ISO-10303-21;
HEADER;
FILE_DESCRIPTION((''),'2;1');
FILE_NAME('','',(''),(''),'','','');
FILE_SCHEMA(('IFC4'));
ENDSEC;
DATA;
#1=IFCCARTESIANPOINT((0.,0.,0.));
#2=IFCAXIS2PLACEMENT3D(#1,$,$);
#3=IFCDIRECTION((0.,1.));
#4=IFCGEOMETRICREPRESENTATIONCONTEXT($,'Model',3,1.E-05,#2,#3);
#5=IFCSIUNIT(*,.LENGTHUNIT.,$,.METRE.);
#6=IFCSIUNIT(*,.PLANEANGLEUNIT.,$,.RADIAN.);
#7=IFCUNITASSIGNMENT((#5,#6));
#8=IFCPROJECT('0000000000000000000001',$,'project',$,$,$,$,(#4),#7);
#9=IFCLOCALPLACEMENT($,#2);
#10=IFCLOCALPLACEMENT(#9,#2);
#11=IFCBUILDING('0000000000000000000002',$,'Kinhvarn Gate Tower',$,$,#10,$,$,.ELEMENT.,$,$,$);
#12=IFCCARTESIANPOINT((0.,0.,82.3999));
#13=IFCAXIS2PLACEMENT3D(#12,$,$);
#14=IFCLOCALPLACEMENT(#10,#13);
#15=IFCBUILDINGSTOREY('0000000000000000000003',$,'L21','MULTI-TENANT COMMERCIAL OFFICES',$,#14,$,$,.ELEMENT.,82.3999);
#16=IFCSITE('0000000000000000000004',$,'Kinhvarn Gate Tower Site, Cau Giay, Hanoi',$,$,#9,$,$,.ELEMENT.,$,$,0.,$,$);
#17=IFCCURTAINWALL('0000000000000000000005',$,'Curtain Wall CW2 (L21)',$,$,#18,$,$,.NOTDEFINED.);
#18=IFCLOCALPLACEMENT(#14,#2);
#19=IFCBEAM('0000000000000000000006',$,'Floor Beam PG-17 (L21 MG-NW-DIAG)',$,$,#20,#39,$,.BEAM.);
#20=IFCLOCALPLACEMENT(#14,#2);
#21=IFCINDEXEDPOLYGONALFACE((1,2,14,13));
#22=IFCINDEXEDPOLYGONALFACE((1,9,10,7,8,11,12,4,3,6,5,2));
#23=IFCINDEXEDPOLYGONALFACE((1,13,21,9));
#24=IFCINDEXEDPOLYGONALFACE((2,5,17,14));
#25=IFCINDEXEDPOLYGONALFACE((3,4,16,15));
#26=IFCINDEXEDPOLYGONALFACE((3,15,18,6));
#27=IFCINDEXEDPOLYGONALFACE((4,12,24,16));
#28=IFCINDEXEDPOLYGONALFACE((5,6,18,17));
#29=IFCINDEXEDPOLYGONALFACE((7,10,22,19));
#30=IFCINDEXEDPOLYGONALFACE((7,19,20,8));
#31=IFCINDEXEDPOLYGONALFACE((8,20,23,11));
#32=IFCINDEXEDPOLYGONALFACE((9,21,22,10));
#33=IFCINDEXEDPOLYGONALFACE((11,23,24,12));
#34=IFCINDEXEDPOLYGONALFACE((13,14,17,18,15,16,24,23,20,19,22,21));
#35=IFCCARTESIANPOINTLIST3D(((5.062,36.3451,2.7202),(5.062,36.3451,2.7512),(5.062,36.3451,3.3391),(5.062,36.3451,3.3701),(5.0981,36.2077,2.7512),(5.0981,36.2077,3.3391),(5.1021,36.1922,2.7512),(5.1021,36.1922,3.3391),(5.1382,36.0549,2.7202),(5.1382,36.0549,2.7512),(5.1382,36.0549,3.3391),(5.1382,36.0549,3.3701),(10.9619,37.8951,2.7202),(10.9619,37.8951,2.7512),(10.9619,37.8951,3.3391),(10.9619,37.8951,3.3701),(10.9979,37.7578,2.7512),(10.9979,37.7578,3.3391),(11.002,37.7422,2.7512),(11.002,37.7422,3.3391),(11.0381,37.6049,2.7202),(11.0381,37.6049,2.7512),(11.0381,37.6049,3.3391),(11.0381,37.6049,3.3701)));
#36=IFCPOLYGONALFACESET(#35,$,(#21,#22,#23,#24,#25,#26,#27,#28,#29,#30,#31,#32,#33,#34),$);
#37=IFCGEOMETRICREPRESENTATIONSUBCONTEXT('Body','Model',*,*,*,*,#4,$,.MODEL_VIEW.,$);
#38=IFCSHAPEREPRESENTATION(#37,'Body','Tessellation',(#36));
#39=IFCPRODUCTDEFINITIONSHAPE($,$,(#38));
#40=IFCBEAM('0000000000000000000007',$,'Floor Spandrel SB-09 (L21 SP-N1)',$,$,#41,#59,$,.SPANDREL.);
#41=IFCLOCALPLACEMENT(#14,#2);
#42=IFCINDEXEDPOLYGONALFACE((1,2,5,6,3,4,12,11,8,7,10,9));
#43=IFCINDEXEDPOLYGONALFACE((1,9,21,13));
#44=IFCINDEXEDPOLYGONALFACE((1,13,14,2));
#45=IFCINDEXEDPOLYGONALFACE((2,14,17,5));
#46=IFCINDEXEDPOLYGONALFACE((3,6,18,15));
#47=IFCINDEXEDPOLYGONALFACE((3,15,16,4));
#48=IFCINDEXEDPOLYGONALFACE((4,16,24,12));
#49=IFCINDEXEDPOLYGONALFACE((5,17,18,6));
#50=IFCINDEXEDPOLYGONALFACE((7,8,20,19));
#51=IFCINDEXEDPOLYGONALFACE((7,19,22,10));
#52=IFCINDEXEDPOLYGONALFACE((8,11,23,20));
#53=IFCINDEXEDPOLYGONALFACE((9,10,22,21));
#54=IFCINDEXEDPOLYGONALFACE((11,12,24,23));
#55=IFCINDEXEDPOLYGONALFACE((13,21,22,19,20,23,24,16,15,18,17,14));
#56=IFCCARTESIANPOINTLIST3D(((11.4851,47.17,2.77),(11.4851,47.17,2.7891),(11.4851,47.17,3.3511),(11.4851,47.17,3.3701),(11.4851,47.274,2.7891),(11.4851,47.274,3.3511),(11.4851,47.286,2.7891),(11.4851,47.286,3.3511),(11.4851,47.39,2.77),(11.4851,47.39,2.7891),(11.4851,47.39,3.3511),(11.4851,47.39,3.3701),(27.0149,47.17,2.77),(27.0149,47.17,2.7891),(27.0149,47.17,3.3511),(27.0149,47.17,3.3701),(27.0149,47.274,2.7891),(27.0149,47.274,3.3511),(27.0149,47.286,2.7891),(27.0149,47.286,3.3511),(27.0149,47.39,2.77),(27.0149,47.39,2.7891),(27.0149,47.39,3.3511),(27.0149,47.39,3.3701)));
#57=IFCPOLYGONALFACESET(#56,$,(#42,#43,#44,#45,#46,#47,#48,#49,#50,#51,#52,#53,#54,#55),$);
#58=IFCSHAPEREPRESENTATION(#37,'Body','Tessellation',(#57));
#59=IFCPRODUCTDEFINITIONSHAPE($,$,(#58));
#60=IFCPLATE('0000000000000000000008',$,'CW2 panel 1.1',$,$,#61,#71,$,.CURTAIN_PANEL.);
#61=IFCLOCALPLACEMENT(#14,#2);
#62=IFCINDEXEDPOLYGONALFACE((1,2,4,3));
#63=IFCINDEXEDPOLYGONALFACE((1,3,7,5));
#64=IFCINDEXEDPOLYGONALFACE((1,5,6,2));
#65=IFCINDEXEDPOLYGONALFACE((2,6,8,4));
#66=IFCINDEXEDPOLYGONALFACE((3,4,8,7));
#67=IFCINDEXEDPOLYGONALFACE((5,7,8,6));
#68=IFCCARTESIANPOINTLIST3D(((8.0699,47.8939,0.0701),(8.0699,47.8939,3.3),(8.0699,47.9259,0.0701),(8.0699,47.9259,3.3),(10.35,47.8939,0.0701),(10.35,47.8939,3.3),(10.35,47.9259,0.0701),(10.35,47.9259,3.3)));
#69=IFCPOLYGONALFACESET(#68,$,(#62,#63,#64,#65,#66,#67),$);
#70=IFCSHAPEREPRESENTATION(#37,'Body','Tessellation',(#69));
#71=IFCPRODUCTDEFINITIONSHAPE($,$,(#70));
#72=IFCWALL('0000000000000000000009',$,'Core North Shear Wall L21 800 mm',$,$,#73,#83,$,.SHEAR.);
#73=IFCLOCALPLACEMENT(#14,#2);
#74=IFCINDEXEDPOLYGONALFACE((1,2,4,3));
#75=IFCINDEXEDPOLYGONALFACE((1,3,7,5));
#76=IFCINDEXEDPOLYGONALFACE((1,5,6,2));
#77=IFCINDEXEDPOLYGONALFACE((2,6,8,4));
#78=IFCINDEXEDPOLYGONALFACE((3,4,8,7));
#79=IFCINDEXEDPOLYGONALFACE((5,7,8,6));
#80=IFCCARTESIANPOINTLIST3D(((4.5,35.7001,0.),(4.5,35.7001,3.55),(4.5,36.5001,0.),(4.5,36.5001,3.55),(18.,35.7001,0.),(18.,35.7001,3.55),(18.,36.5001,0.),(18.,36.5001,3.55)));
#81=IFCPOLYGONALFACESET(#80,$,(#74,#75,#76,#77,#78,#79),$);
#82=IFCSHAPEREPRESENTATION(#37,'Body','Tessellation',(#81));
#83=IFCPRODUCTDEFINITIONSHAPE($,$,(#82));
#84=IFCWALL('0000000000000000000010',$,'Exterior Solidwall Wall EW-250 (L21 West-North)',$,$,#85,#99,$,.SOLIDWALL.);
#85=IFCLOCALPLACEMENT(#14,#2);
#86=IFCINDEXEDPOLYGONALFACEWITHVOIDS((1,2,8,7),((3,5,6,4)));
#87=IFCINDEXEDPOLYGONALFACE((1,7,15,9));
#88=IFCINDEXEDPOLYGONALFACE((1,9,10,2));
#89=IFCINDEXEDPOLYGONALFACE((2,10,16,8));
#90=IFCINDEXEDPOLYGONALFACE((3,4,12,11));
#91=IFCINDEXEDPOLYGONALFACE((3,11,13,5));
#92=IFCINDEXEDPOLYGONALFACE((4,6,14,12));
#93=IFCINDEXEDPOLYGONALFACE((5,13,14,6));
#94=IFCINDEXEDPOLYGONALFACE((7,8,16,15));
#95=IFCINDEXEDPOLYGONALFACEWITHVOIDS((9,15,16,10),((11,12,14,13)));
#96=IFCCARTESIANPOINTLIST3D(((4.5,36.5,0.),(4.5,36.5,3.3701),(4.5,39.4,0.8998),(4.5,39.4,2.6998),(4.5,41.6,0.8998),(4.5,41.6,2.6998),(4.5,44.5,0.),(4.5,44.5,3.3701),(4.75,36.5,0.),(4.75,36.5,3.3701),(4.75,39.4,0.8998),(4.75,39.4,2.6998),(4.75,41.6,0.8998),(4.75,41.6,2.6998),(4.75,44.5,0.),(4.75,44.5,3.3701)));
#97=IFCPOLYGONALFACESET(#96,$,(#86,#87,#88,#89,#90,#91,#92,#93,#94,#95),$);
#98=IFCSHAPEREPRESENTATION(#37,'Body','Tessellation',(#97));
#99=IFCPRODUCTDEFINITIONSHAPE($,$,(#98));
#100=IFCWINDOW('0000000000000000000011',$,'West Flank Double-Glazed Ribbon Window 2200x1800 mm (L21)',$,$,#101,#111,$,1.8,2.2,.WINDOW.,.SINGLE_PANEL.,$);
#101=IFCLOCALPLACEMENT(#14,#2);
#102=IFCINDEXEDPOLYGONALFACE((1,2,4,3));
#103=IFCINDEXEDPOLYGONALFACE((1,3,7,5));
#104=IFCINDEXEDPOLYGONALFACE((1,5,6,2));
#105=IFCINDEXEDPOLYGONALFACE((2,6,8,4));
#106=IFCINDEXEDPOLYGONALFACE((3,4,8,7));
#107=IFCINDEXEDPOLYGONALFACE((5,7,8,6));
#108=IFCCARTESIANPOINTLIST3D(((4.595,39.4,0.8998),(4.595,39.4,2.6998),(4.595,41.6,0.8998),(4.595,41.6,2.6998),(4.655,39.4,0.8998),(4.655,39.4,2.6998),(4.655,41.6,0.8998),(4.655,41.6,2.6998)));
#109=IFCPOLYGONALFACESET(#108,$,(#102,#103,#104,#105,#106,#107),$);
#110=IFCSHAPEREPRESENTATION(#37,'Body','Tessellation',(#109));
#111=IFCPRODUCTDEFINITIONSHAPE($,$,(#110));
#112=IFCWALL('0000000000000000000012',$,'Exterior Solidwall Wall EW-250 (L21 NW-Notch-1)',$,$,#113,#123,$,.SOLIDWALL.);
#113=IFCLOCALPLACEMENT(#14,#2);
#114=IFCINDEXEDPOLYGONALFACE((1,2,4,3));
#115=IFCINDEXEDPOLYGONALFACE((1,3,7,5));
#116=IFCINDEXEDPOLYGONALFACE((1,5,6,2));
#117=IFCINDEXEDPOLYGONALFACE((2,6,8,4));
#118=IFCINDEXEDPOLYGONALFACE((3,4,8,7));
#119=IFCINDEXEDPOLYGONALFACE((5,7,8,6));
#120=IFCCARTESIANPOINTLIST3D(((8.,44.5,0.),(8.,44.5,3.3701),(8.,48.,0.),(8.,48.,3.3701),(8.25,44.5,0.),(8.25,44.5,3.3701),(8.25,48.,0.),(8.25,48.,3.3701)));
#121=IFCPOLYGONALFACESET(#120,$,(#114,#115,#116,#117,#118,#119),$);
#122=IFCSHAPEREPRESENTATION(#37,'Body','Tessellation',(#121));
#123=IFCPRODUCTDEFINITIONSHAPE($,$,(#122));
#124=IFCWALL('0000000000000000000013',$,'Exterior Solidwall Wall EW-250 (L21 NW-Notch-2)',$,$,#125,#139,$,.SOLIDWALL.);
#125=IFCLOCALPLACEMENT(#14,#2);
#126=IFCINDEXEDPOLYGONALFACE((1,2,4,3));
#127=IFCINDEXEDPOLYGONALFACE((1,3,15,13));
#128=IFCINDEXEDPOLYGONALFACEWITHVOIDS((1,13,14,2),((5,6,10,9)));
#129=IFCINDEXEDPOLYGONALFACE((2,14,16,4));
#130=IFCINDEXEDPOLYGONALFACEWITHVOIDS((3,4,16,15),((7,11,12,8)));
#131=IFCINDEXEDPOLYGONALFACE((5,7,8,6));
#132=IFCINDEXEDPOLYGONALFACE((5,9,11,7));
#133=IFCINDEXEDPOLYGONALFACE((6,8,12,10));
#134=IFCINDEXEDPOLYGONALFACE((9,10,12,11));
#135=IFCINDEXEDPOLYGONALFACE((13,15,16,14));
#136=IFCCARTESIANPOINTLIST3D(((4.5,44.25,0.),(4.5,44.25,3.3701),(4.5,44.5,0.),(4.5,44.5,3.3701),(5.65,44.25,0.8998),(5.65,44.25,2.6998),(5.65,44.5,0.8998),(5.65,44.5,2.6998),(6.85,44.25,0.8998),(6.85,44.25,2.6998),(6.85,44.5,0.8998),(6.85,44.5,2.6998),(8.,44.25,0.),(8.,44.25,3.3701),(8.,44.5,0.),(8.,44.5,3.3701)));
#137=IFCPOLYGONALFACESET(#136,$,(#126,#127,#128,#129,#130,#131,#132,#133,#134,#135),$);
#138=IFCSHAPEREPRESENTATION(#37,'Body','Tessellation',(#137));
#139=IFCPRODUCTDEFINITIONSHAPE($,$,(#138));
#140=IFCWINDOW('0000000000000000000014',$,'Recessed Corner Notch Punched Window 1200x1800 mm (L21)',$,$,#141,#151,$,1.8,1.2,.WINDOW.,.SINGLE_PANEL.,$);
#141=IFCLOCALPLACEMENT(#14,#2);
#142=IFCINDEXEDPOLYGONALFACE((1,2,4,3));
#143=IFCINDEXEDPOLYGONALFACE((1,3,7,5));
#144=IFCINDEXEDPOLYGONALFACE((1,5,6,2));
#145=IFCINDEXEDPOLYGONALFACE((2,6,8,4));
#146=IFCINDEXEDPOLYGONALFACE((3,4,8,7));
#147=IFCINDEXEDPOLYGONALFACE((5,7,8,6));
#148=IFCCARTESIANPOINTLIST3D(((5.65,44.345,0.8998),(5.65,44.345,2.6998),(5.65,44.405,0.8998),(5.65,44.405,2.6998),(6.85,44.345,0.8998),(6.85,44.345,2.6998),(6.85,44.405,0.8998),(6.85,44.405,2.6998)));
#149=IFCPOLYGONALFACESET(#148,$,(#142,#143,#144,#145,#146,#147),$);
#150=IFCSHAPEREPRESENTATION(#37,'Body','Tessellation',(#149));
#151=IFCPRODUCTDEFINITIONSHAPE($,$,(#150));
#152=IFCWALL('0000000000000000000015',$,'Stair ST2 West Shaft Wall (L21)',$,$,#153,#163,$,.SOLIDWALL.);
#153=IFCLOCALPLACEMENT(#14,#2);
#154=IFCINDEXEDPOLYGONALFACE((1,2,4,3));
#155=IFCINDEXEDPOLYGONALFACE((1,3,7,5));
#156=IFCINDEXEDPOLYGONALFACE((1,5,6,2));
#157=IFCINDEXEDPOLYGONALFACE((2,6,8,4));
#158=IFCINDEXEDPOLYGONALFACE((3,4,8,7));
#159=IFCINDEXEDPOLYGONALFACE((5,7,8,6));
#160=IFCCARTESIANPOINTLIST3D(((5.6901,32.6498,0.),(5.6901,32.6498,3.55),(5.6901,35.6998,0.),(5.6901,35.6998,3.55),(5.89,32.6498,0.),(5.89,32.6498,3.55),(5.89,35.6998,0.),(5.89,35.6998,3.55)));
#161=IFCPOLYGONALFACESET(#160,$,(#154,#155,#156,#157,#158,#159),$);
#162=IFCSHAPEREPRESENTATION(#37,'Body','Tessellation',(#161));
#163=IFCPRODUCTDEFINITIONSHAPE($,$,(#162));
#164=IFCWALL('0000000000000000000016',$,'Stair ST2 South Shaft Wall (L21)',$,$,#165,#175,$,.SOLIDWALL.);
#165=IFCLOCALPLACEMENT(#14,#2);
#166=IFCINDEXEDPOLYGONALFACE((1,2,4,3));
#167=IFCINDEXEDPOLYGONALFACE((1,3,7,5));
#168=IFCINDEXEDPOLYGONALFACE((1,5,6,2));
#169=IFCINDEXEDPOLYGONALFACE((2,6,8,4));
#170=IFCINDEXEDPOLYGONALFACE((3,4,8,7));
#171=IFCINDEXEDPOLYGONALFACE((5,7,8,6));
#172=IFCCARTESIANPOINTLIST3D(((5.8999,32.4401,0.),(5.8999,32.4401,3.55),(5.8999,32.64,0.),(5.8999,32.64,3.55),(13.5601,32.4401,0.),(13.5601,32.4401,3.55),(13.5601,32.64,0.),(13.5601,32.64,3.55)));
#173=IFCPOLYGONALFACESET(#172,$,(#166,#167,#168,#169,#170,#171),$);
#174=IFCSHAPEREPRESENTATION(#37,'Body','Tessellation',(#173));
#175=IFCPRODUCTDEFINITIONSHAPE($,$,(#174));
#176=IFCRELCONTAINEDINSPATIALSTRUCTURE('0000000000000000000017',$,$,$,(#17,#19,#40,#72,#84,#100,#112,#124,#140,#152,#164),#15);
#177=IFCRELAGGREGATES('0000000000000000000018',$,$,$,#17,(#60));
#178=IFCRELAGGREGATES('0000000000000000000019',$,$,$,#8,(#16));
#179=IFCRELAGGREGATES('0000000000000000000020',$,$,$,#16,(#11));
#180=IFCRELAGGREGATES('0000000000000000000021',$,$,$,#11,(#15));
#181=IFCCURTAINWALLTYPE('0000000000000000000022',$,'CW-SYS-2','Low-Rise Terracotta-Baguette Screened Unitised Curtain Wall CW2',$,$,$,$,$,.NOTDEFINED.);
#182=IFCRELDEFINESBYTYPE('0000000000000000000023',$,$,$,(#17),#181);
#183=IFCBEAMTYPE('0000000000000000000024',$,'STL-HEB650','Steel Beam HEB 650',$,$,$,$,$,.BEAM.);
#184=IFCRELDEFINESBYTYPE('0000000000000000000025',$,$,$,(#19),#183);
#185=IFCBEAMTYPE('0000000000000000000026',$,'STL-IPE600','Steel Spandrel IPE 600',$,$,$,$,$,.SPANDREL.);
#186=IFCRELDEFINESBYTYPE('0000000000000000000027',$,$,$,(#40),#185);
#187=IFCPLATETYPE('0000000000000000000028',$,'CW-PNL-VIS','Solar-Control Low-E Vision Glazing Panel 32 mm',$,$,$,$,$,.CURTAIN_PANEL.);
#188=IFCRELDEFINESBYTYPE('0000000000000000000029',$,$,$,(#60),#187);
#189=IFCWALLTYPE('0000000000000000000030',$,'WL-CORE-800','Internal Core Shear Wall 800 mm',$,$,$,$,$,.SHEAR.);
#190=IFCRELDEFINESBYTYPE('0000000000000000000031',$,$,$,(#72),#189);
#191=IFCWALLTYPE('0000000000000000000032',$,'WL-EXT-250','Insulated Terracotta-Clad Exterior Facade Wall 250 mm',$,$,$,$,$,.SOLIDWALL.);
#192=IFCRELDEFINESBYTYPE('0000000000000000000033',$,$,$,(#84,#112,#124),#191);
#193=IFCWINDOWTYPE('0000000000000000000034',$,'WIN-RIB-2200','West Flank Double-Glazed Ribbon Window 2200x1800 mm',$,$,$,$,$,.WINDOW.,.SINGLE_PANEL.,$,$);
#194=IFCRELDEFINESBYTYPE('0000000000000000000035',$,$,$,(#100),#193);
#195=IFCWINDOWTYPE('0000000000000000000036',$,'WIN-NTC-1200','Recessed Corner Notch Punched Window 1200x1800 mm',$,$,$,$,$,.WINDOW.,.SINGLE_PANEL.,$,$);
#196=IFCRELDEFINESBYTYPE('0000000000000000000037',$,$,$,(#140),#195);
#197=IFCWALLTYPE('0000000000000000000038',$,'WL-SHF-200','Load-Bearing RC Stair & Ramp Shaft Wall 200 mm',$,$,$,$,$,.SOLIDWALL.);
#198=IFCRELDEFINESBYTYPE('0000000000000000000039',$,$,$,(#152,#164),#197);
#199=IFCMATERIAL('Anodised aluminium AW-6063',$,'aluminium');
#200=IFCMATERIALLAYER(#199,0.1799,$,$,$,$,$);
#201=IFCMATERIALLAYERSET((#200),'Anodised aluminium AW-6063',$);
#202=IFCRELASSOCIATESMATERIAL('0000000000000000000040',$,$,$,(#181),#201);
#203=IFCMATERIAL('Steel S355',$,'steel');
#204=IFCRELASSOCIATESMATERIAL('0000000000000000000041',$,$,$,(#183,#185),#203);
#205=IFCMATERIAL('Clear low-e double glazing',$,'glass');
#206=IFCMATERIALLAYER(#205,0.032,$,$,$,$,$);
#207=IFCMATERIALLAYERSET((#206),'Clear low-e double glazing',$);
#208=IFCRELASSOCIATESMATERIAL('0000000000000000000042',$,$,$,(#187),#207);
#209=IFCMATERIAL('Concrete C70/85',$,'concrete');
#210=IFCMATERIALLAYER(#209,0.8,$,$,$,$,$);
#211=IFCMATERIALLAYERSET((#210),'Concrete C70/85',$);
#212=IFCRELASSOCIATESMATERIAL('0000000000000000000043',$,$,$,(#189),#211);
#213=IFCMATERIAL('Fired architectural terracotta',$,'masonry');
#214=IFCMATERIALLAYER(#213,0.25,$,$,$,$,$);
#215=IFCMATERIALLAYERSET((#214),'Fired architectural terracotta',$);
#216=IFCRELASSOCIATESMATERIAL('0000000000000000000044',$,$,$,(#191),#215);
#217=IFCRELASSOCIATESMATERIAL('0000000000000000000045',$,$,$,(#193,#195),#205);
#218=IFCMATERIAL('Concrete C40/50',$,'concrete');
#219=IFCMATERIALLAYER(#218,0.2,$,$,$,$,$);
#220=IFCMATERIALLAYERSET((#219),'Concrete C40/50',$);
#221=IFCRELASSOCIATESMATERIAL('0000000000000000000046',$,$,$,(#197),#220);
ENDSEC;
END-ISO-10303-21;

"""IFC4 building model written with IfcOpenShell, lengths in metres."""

from ifc_helpers import new_model, si_unit, direction, frame, frame_2d, origin, origin_2d, place, context, subcontext, project, spatial, rectangle, i_section, extrude, material, layer, layer_set, material_profile, profile_set, type_object, element, fill, aggregate, save


model = new_model("IFC4")

# Units and contexts
model_context = context("Model", 3, precision=1e-05, world=origin(), true_north=direction((0.0, 1.0)))
body_context = subcontext(model_context, "Body", "Model", "MODEL_VIEW")
ifc_project = project(units=[si_unit("LENGTHUNIT", "METRE"), si_unit("PLANEANGLEUNIT", "RADIAN")], contexts=[model_context])

# Site, building, storey
site_placement = place(None, origin())
site = spatial("IfcSite", under=ifc_project, at=site_placement, Name="Kinhvarn Gate Tower Site, Cau Giay, Hanoi", CompositionType="ELEMENT", RefElevation=0.0)
building_placement = place(site_placement, origin())
building = spatial("IfcBuilding", under=site, at=building_placement, Name="Kinhvarn Gate Tower", CompositionType="ELEMENT")
storey_placement = place(building_placement, frame((0.0, 0.0, 82.3999)))
storey = spatial("IfcBuildingStorey", under=building, at=storey_placement, Name="L21", Description="MULTI-TENANT COMMERCIAL OFFICES", CompositionType="ELEMENT", Elevation=82.3999)

# Shared definitions
ifc_material_1 = material(Name="Concrete C70/85", Category="concrete")

# Shared definitions
ifc_material_2 = material(Name="Anodised aluminium AW-6063", Category="aluminium")
ifc_layer_1 = layer(ifc_material_2, 0.1799)
ifc_layer_set_1 = layer_set([ifc_layer_1], Name="Anodised aluminium AW-6063")
curtain_wall_type = type_object("IfcCurtainWallType", Name="CW-SYS-2", Description="Low-Rise Terracotta-Baguette Screened Unitised Curtain Wall CW2", PredefinedType="NOTDEFINED", material=ifc_layer_set_1)

# Curtain wall
curtain_wall_1_placement = place(storey_placement, origin())
curtain_wall_1 = element("IfcCurtainWall", 1, at=curtain_wall_1_placement, inside=storey, type_object=curtain_wall_type, Name="Curtain Wall CW2 (L21)", PredefinedType="NOTDEFINED")

# Beams
ifc_material_3 = material(Name="Steel S355", Category="steel")
ifc_material_profile_1 = material_profile(ifc_material_3, i_section(OverallWidth=0.3, OverallDepth=0.6499, WebThickness=0.0161, FlangeThickness=0.031, at=origin_2d()), Name="HEB 650")
ifc_profile_set_1 = profile_set([ifc_material_profile_1], Name="Steel S355")
beam_type_1 = type_object("IfcBeamType", Name="STL-HEB650", Description="Steel Beam HEB 650", PredefinedType="BEAM", material=ifc_profile_set_1)
beam_1_placement = place(storey_placement, frame((5.1001, 36.2, 3.0452), z_axis=(0.967178, 0.254101, 0.0), x_axis=(-0.254101, 0.967178, 0.0)))
element("IfcBeam", 2, at=beam_1_placement, inside=storey, type_object=beam_type_1, Name="Floor Beam PG-17 (L21 MG-NW-DIAG)", PredefinedType="BEAM", context=body_context, shape_type="SweptSolid", body=[
    extrude(i_section(OverallWidth=0.3, OverallDepth=0.6499, WebThickness=0.0161, FlangeThickness=0.031, at=origin_2d()), origin(), (0.0, 0.0, 1.0), 6.1001),
])
ifc_material_profile_2 = material_profile(ifc_material_3, i_section(OverallWidth=0.22, OverallDepth=0.6001, WebThickness=0.012, FlangeThickness=0.019, at=origin_2d()), Name="IPE 600")
ifc_profile_set_2 = profile_set([ifc_material_profile_2], Name="Steel S355")
beam_type_2 = type_object("IfcBeamType", Name="STL-IPE600", Description="Steel Spandrel IPE 600", PredefinedType="SPANDREL", material=ifc_profile_set_2)
beam_2_placement = place(storey_placement, frame((11.4851, 47.28, 3.0701), z_axis=(1.0, 0.0, 0.0), x_axis=(0.0, 1.0, 0.0)))
element("IfcBeam", 3, at=beam_2_placement, inside=storey, type_object=beam_type_2, Name="Floor Spandrel SB-09 (L21 SP-N1)", PredefinedType="SPANDREL", context=body_context, shape_type="SweptSolid", body=[
    extrude(i_section(OverallWidth=0.22, OverallDepth=0.6001, WebThickness=0.012, FlangeThickness=0.019, at=origin_2d()), origin(), (0.0, 0.0, 1.0), 15.5298),
])

# Plate
ifc_material_4 = material(Name="Clear low-e double glazing", Category="glass")
ifc_layer_2 = layer(ifc_material_4, 0.032)
ifc_layer_set_2 = layer_set([ifc_layer_2], Name="Clear low-e double glazing")
plate_type = type_object("IfcPlateType", Name="CW-PNL-VIS", Description="Solar-Control Low-E Vision Glazing Panel 32 mm", PredefinedType="CURTAIN_PANEL", material=ifc_layer_set_2)
plate_placement = place(storey_placement, frame((9.21, 47.9099, 0.0701), z_axis=(0.0, 0.0, 1.0), x_axis=(-1.0, 0.0, 0.0)))
plate = element("IfcPlate", 4, at=plate_placement, type_object=plate_type, Name="CW2 panel 1.1", PredefinedType="CURTAIN_PANEL", context=body_context, shape_type="SweptSolid", body=[
    extrude(rectangle(XDim=2.28, YDim=0.032, at=origin_2d()), origin(), (0.0, 0.0, 1.0), 3.23),
])
aggregate(curtain_wall_1, [plate])

# Wall
ifc_layer_3 = layer(ifc_material_1, 0.8)
ifc_layer_set_3 = layer_set([ifc_layer_3], Name="Concrete C70/85")
wall_type_1 = type_object("IfcWallType", Name="WL-CORE-800", Description="Internal Core Shear Wall 800 mm", PredefinedType="SHEAR", material=ifc_layer_set_3)
wall_1_placement = place(storey_placement, frame((4.5, 36.1001, 0.0), z_axis=(0.0, 0.0, 1.0), x_axis=(1.0, 0.0, 0.0)))
element("IfcWall", 5, at=wall_1_placement, inside=storey, type_object=wall_type_1, Name="Core North Shear Wall L21 800 mm", PredefinedType="SHEAR", context=body_context, shape_type="SweptSolid", body=[
    extrude(rectangle(XDim=13.5, YDim=0.8, at=frame_2d((6.75, 0.0))), origin(), (0.0, 0.0, 1.0), 3.55),
])

# Wall, opening, window
ifc_material_5 = material(Name="Fired architectural terracotta", Category="masonry")
ifc_layer_4 = layer(ifc_material_5, 0.25)
ifc_layer_set_4 = layer_set([ifc_layer_4], Name="Fired architectural terracotta")
wall_type_2 = type_object("IfcWallType", Name="WL-EXT-250", Description="Insulated Terracotta-Clad Exterior Facade Wall 250 mm", PredefinedType="SOLIDWALL", material=ifc_layer_set_4)
wall_2_placement = place(storey_placement, frame((4.625, 44.5, 0.0), z_axis=(0.0, 0.0, 1.0), x_axis=(0.0, -1.0, 0.0)))
wall_2 = element("IfcWall", 6, at=wall_2_placement, inside=storey, type_object=wall_type_2, Name="Exterior Solidwall Wall EW-250 (L21 West-North)", PredefinedType="SOLIDWALL", context=body_context, shape_type="SweptSolid", body=[
    extrude(rectangle(XDim=8.0, YDim=0.25, at=frame_2d((4.0, 0.0))), origin(), (0.0, 0.0, 1.0), 3.3701),
])
opening_1_placement = place(wall_2_placement, frame((2.8999, 0.0, 0.8999)))
opening_1 = element("IfcOpeningElement", 7, at=opening_1_placement, cuts=wall_2, PredefinedType="OPENING", context=body_context, shape_type="SweptSolid", body=[
    extrude(rectangle(XDim=2.2, YDim=1.8, at=frame_2d((1.1001, 0.8999))), frame((0.0, 0.135, 0.0), z_axis=(0.0, -1.0, 0.0), x_axis=(1.0, 0.0, 0.0)), (0.0, 0.0, 1.0), 0.27),
])
window_type_1 = type_object("IfcWindowType", Name="WIN-RIB-2200", Description="West Flank Double-Glazed Ribbon Window 2200x1800 mm", PartitioningType="SINGLE_PANEL", PredefinedType="WINDOW", material=ifc_material_4)
window_1_placement = place(opening_1_placement, origin())
window_1 = element("IfcWindow", 8, at=window_1_placement, inside=storey, type_object=window_type_1, Name="West Flank Double-Glazed Ribbon Window 2200x1800 mm (L21)", OverallHeight=1.8, OverallWidth=2.2, PartitioningType="SINGLE_PANEL", PredefinedType="WINDOW", context=body_context, shape_type="SweptSolid", body=[
    extrude(rectangle(XDim=2.2, YDim=1.8, at=frame_2d((1.1001, 0.8999))), frame((0.0, 0.03, 0.0), z_axis=(0.0, -1.0, 0.0), x_axis=(1.0, 0.0, 0.0)), (0.0, 0.0, 1.0), 0.0601),
])
fill(opening_1, window_1)

# Wall
wall_3_placement = place(storey_placement, frame((8.125, 48.0, 0.0), z_axis=(0.0, 0.0, 1.0), x_axis=(0.0, -1.0, 0.0)))
element("IfcWall", 9, at=wall_3_placement, inside=storey, type_object=wall_type_2, Name="Exterior Solidwall Wall EW-250 (L21 NW-Notch-1)", PredefinedType="SOLIDWALL", context=body_context, shape_type="SweptSolid", body=[
    extrude(rectangle(XDim=3.5, YDim=0.25, at=frame_2d((1.75, 0.0))), origin(), (0.0, 0.0, 1.0), 3.3701),
])

# Wall, opening, window
wall_4_placement = place(storey_placement, frame((8.0, 44.375, 0.0), z_axis=(0.0, 0.0, 1.0), x_axis=(-1.0, 0.0, 0.0)))
wall_4 = element("IfcWall", 10, at=wall_4_placement, inside=storey, type_object=wall_type_2, Name="Exterior Solidwall Wall EW-250 (L21 NW-Notch-2)", PredefinedType="SOLIDWALL", context=body_context, shape_type="SweptSolid", body=[
    extrude(rectangle(XDim=3.5, YDim=0.25, at=frame_2d((1.75, 0.0))), origin(), (0.0, 0.0, 1.0), 3.3701),
])
opening_2_placement = place(wall_4_placement, frame((1.1499, 0.0, 0.8999)))
opening_2 = element("IfcOpeningElement", 11, at=opening_2_placement, cuts=wall_4, PredefinedType="OPENING", context=body_context, shape_type="SweptSolid", body=[
    extrude(rectangle(XDim=1.2, YDim=1.8, at=frame_2d((0.6001, 0.8999))), frame((0.0, 0.135, 0.0), z_axis=(0.0, -1.0, 0.0), x_axis=(1.0, 0.0, 0.0)), (0.0, 0.0, 1.0), 0.27),
])
window_type_2 = type_object("IfcWindowType", Name="WIN-NTC-1200", Description="Recessed Corner Notch Punched Window 1200x1800 mm", PartitioningType="SINGLE_PANEL", PredefinedType="WINDOW", material=ifc_material_4)
window_2_placement = place(opening_2_placement, origin())
window_2 = element("IfcWindow", 12, at=window_2_placement, inside=storey, type_object=window_type_2, Name="Recessed Corner Notch Punched Window 1200x1800 mm (L21)", OverallHeight=1.8, OverallWidth=1.2, PartitioningType="SINGLE_PANEL", PredefinedType="WINDOW", context=body_context, shape_type="SweptSolid", body=[
    extrude(rectangle(XDim=1.2, YDim=1.8, at=frame_2d((0.6001, 0.8999))), frame((0.0, 0.03, 0.0), z_axis=(0.0, -1.0, 0.0), x_axis=(1.0, 0.0, 0.0)), (0.0, 0.0, 1.0), 0.0601),
])
fill(opening_2, window_2)

# Walls
ifc_material_6 = material(Name="Concrete C40/50", Category="concrete")
ifc_layer_5 = layer(ifc_material_6, 0.2)
ifc_layer_set_5 = layer_set([ifc_layer_5], Name="Concrete C40/50")
wall_type_3 = type_object("IfcWallType", Name="WL-SHF-200", Description="Load-Bearing RC Stair & Ramp Shaft Wall 200 mm", PredefinedType="SOLIDWALL", material=ifc_layer_set_5)
wall_5_placement = place(storey_placement, frame((5.79, 32.6499, 0.0), z_axis=(0.0, 0.0, 1.0), x_axis=(0.0, 1.0, 0.0)))
element("IfcWall", 13, at=wall_5_placement, inside=storey, type_object=wall_type_3, Name="Stair ST2 West Shaft Wall (L21)", PredefinedType="SOLIDWALL", context=body_context, shape_type="SweptSolid", body=[
    extrude(rectangle(XDim=3.05, YDim=0.2, at=frame_2d((1.5249, 0.0))), origin(), (0.0, 0.0, 1.0), 3.55),
])
wall_6_placement = place(storey_placement, frame((5.8999, 32.54, 0.0), z_axis=(0.0, 0.0, 1.0), x_axis=(1.0, 0.0, 0.0)))
element("IfcWall", 14, at=wall_6_placement, inside=storey, type_object=wall_type_3, Name="Stair ST2 South Shaft Wall (L21)", PredefinedType="SOLIDWALL", context=body_context, shape_type="SweptSolid", body=[
    extrude(rectangle(XDim=7.6602, YDim=0.2, at=frame_2d((3.8301, 0.0))), origin(), (0.0, 0.0, 1.0), 3.55),
])

save(model, "model.ifc")
